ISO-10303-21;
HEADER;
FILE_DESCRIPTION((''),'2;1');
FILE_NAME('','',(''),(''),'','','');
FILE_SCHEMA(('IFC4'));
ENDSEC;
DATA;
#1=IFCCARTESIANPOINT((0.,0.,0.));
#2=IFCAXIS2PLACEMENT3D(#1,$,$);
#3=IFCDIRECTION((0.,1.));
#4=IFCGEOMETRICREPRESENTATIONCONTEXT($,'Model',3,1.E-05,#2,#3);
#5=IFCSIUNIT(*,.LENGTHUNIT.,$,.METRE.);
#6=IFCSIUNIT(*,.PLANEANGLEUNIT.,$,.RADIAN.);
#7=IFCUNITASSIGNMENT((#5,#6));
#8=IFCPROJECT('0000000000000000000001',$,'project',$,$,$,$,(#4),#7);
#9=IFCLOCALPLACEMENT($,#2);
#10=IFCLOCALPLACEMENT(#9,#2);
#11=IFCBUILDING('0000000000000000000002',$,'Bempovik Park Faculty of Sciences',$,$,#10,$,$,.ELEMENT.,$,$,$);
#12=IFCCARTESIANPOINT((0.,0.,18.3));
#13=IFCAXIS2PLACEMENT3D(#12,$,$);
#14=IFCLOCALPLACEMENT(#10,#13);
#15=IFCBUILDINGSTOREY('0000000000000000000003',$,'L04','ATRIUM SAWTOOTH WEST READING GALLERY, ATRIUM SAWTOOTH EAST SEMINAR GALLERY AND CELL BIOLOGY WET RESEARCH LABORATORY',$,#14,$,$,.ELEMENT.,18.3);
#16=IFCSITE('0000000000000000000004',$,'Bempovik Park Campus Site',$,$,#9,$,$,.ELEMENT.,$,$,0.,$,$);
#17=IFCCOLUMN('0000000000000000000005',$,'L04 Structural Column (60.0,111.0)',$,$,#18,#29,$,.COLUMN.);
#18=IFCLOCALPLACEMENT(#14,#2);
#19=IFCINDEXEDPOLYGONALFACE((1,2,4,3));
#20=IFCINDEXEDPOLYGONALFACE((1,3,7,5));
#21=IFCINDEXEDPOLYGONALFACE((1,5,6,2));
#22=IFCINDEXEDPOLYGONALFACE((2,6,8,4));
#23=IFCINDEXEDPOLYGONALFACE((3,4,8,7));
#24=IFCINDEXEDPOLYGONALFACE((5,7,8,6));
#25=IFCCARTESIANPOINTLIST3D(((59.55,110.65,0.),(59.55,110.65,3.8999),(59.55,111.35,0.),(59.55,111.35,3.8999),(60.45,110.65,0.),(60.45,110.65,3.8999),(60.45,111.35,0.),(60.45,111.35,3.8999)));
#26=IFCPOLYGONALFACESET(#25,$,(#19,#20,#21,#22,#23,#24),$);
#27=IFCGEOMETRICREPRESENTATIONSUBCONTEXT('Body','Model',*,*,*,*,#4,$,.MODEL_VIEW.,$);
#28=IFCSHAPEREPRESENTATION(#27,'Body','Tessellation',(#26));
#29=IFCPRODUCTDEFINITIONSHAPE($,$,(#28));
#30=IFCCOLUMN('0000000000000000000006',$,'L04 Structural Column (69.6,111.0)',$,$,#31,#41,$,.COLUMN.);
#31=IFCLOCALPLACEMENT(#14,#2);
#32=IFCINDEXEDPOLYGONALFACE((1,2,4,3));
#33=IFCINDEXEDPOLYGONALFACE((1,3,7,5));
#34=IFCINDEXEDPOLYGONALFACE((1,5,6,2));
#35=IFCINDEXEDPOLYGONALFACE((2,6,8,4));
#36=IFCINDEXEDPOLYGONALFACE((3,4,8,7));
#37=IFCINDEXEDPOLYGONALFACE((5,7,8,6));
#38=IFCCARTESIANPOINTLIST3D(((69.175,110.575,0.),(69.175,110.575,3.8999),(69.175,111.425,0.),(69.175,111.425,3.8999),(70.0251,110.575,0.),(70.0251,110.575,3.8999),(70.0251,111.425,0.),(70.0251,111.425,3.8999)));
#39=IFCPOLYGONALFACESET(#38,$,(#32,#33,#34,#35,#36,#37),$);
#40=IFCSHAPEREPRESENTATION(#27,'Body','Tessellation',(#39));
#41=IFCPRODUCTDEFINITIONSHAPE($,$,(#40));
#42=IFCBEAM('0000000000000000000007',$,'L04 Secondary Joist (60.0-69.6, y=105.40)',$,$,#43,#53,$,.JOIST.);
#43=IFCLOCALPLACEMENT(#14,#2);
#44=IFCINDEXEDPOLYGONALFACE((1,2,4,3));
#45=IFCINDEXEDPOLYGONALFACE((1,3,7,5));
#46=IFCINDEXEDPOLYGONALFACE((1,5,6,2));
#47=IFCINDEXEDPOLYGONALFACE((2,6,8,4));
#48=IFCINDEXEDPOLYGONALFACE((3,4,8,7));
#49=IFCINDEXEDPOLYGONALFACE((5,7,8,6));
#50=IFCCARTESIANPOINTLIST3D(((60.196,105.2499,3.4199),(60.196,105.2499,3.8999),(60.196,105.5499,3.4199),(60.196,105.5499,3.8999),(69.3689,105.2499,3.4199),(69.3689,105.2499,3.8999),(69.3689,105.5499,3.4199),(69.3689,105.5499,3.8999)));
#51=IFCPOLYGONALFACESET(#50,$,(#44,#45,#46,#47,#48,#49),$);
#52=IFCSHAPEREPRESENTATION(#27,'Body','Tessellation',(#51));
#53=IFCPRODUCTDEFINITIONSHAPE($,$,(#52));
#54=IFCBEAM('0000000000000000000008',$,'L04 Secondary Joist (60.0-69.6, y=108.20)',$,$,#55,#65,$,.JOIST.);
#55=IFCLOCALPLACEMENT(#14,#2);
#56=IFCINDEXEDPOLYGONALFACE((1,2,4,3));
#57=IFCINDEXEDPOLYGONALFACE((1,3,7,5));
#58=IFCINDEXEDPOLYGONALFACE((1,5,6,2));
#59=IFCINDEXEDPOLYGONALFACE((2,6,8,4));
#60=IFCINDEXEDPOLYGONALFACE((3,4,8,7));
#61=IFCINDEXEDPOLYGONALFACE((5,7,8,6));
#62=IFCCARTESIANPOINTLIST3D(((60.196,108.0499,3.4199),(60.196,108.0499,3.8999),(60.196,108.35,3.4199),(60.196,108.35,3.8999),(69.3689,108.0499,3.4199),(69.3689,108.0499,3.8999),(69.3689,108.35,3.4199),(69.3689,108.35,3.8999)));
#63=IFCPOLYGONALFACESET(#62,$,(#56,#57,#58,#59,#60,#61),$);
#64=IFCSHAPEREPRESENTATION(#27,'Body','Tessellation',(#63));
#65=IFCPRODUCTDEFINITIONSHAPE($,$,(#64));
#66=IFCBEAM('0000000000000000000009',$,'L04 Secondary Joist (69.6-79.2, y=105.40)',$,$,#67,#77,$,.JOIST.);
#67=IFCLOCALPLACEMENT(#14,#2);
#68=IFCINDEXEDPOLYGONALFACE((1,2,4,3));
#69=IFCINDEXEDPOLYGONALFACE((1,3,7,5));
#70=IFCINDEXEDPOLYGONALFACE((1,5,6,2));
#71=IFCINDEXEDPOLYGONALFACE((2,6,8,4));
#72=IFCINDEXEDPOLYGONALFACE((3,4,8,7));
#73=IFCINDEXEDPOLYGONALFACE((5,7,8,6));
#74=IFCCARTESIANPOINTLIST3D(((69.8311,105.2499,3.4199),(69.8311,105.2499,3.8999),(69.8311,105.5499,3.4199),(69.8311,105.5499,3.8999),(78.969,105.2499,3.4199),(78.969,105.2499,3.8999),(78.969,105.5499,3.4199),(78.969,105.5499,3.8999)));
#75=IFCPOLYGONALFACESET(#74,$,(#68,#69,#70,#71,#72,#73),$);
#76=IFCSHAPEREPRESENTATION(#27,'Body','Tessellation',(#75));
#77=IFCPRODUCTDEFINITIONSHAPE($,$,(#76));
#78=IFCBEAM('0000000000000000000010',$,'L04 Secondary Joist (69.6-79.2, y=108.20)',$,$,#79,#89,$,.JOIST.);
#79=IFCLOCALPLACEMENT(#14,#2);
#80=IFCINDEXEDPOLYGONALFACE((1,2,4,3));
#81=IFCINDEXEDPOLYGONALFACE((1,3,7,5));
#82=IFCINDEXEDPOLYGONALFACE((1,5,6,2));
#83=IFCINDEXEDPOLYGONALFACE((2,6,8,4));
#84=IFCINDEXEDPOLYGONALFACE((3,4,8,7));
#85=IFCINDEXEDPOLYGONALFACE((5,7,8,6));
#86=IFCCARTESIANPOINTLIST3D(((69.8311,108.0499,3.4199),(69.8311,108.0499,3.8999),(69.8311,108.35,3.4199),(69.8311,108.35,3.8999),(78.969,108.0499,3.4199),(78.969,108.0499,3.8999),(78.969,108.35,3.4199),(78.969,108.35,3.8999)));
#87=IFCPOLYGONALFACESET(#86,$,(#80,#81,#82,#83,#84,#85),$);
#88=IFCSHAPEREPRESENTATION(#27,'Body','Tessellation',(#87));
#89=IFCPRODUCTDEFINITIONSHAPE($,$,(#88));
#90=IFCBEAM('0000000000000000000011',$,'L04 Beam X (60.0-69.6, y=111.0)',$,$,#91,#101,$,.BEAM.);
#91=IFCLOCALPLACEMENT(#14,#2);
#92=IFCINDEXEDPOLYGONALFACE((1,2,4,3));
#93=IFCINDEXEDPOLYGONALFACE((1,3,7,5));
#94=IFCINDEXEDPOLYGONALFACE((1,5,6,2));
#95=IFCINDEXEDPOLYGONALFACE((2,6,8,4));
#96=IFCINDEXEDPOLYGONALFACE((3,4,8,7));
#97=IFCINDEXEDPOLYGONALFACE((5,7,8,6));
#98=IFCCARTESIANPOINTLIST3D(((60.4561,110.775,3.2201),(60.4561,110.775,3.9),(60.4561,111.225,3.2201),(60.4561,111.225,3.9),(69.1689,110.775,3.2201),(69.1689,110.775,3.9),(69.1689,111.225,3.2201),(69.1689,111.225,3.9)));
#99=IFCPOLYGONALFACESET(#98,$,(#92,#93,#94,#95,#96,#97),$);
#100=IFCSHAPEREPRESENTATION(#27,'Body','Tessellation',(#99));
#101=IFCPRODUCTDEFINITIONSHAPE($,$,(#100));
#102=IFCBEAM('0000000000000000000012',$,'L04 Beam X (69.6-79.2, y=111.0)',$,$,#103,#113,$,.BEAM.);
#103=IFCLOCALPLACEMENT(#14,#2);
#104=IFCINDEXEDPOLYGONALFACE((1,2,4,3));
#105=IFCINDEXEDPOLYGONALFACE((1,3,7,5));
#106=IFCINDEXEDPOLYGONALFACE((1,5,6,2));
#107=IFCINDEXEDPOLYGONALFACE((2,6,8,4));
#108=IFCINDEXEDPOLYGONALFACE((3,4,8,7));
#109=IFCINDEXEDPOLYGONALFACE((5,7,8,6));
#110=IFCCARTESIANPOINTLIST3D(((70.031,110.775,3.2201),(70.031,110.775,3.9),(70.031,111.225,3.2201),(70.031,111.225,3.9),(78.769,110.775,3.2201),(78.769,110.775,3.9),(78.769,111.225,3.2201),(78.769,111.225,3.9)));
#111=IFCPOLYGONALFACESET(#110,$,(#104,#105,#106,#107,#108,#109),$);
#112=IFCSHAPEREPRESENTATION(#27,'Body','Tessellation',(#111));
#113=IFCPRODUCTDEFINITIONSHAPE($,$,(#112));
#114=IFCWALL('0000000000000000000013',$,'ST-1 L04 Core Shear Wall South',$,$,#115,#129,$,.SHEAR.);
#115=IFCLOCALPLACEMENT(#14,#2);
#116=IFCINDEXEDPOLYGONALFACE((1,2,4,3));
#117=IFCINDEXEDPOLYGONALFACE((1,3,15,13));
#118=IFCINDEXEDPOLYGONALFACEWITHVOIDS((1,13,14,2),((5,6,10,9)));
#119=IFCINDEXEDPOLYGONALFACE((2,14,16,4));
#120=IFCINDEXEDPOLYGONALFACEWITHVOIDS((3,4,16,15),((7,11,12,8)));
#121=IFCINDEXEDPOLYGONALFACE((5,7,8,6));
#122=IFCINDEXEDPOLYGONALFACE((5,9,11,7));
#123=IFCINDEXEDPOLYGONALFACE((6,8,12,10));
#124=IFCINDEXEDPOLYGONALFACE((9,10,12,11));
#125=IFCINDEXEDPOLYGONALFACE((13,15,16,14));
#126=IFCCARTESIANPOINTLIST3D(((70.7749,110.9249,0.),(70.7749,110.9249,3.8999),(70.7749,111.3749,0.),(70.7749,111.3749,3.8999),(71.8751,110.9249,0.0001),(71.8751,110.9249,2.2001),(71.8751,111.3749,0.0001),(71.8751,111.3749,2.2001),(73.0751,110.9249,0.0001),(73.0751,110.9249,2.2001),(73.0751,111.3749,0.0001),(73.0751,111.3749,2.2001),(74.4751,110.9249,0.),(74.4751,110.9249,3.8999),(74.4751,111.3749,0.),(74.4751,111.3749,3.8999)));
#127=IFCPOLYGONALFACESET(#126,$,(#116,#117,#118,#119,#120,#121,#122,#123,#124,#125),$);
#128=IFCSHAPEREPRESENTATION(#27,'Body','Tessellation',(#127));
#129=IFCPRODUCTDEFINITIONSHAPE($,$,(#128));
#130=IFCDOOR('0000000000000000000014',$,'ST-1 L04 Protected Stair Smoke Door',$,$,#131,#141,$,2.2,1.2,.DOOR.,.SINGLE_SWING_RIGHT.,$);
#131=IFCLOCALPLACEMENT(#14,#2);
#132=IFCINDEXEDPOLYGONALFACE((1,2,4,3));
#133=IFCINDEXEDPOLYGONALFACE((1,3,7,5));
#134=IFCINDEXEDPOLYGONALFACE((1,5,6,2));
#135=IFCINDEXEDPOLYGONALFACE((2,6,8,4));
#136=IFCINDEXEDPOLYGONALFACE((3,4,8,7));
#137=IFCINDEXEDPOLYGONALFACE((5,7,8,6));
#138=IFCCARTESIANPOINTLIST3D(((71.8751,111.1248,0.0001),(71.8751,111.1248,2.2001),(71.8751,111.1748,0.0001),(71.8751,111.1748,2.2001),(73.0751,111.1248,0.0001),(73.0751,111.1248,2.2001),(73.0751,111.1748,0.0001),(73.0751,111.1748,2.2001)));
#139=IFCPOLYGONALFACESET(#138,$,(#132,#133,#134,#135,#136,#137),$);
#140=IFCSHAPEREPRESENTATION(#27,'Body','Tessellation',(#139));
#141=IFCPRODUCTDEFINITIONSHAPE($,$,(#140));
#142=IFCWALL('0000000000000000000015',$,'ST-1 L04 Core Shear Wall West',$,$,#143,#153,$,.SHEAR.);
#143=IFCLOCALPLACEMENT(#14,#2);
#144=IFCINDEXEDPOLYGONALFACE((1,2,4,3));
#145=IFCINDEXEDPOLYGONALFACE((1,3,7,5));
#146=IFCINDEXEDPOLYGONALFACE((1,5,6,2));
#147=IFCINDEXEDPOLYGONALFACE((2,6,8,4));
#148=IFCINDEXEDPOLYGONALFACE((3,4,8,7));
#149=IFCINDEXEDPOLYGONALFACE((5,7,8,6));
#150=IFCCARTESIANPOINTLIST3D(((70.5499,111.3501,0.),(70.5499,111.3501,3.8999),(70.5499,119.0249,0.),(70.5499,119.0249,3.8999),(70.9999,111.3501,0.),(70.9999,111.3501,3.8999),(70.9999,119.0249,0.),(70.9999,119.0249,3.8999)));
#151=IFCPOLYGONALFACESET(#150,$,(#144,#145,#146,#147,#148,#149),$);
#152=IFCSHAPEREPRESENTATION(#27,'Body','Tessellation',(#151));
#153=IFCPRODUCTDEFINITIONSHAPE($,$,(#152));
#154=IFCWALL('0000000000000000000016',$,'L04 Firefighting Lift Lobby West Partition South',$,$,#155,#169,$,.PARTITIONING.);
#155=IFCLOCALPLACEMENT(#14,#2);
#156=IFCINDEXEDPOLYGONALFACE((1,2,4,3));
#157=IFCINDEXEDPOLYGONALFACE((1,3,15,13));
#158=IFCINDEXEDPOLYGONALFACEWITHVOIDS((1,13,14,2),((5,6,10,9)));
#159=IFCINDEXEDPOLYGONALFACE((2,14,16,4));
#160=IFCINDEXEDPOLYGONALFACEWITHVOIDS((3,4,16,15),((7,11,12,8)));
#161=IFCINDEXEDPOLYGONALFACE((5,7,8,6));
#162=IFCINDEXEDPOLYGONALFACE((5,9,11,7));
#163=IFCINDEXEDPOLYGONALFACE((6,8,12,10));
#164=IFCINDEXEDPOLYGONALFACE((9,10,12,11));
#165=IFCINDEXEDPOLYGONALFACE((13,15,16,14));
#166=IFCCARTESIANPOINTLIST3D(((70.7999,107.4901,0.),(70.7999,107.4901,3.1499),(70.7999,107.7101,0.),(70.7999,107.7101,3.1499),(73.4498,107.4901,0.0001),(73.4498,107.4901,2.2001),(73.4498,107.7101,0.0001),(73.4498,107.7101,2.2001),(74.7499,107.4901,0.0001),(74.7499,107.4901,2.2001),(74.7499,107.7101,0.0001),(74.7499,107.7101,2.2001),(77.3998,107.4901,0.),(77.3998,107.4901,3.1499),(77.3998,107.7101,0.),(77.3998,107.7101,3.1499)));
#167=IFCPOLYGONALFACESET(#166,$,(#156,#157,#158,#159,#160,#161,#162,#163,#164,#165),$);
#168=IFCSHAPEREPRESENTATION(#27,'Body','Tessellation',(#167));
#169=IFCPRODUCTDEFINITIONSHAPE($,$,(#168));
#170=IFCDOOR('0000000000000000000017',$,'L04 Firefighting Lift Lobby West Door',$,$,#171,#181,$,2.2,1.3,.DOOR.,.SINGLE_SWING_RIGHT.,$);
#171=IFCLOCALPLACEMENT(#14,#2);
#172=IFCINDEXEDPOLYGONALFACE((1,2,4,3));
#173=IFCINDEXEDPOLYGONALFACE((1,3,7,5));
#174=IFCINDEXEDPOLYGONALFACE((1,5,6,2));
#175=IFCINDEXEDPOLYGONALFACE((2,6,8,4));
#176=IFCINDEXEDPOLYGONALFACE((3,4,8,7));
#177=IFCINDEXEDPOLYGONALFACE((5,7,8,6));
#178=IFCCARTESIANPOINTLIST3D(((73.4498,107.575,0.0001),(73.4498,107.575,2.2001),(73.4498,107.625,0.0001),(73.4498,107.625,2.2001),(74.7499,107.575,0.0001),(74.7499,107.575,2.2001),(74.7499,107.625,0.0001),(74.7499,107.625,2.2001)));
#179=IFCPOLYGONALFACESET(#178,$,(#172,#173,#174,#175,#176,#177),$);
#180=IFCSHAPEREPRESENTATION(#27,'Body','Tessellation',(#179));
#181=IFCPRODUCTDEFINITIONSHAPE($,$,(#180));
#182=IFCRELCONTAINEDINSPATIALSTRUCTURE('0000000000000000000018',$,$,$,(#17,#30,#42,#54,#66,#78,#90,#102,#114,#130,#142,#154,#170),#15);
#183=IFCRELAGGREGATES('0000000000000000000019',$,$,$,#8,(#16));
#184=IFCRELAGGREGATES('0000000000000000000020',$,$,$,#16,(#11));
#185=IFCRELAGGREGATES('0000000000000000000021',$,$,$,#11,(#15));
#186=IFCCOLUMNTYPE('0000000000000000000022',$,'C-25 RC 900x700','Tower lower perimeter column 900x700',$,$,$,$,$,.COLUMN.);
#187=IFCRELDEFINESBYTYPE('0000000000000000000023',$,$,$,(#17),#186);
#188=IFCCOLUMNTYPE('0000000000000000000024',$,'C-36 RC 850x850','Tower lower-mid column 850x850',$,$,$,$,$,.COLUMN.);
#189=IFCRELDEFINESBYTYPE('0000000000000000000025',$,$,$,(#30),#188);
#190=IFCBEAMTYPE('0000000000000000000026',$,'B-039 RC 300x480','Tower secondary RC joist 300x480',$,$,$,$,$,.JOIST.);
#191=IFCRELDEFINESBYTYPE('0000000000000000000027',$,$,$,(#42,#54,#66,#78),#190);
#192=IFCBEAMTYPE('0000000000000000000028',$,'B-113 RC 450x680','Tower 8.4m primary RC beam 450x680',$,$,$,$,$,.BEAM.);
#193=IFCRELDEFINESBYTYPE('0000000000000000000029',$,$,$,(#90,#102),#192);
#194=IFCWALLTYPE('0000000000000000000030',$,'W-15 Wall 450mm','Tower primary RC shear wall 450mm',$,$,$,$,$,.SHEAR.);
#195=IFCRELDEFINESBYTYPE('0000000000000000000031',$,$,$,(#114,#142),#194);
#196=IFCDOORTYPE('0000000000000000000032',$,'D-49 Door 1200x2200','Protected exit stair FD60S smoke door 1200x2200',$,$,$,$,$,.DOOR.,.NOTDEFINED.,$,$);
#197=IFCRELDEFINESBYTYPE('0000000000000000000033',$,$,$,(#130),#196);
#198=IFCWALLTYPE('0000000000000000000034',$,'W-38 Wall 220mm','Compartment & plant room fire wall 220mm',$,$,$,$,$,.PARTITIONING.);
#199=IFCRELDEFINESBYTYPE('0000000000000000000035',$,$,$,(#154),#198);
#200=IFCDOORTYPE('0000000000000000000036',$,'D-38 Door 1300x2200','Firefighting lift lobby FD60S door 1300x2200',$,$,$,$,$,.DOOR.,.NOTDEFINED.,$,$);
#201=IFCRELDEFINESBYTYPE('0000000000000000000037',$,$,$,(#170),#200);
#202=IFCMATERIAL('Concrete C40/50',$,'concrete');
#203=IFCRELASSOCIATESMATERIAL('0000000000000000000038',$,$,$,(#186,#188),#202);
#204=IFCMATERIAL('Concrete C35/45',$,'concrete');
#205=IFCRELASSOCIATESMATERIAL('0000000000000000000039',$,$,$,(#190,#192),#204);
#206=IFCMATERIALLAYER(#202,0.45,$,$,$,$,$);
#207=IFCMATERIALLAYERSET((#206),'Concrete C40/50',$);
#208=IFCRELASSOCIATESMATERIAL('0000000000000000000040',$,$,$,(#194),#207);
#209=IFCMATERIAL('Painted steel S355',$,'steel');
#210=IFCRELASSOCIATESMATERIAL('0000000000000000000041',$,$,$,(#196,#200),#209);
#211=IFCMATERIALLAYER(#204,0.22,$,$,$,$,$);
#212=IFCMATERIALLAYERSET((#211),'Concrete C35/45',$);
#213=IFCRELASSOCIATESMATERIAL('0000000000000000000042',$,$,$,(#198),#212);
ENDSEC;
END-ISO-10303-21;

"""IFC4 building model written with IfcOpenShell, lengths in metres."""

from ifc_helpers import new_model, si_unit, direction, frame, frame_2d, origin, origin_2d, place, context, subcontext, project, spatial, rectangle, extrude, material, layer, layer_set, material_profile, profile_set, type_object, element, fill, save


model = new_model("IFC4")

# Units and contexts
model_context = context("Model", 3, precision=1e-05, world=origin(), true_north=direction((0.0, 1.0)))
body_context = subcontext(model_context, "Body", "Model", "MODEL_VIEW")
ifc_project = project(units=[si_unit("LENGTHUNIT", "METRE"), si_unit("PLANEANGLEUNIT", "RADIAN")], contexts=[model_context])

# Site, building, storey
site_placement = place(None, origin())
site = spatial("IfcSite", under=ifc_project, at=site_placement, Name="Bempovik Park Campus Site", CompositionType="ELEMENT", RefElevation=0.0)
building_placement = place(site_placement, origin())
building = spatial("IfcBuilding", under=site, at=building_placement, Name="Bempovik Park Faculty of Sciences", CompositionType="ELEMENT")
storey_placement = place(building_placement, frame((0.0, 0.0, 18.3)))
storey = spatial("IfcBuildingStorey", under=building, at=storey_placement, Name="L04", Description="ATRIUM SAWTOOTH WEST READING GALLERY, ATRIUM SAWTOOTH EAST SEMINAR GALLERY AND CELL BIOLOGY WET RESEARCH LABORATORY", CompositionType="ELEMENT", Elevation=18.3)

# Columns
ifc_material_1 = material(Name="Concrete C40/50", Category="concrete")
ifc_material_profile_1 = material_profile(ifc_material_1, rectangle(XDim=0.8999, YDim=0.7, at=origin_2d()), Name="RC 900x700")
ifc_profile_set_1 = profile_set([ifc_material_profile_1], Name="Concrete C40/50")
column_type_1 = type_object("IfcColumnType", Name="C-25 RC 900x700", Description="Tower lower perimeter column 900x700", PredefinedType="COLUMN", material=ifc_profile_set_1)
column_1_placement = place(storey_placement, frame((60.0, 111.0, 0.0), z_axis=(0.0, 0.0, 1.0), x_axis=(1.0, 0.0, 0.0)))
element("IfcColumn", 1, at=column_1_placement, inside=storey, type_object=column_type_1, Name="L04 Structural Column (60.0,111.0)", PredefinedType="COLUMN", context=body_context, shape_type="SweptSolid", body=[
    extrude(rectangle(XDim=0.8999, YDim=0.7, at=origin_2d()), origin(), (0.0, 0.0, 1.0), 3.8999),
])
ifc_material_profile_2 = material_profile(ifc_material_1, rectangle(XDim=0.8501, YDim=0.8501, at=origin_2d()), Name="RC 850x850")
ifc_profile_set_2 = profile_set([ifc_material_profile_2], Name="Concrete C40/50")
column_type_2 = type_object("IfcColumnType", Name="C-36 RC 850x850", Description="Tower lower-mid column 850x850", PredefinedType="COLUMN", material=ifc_profile_set_2)
column_2_placement = place(storey_placement, frame((69.6001, 111.0, 0.0), z_axis=(0.0, 0.0, 1.0), x_axis=(1.0, 0.0, 0.0)))
element("IfcColumn", 2, at=column_2_placement, inside=storey, type_object=column_type_2, Name="L04 Structural Column (69.6,111.0)", PredefinedType="COLUMN", context=body_context, shape_type="SweptSolid", body=[
    extrude(rectangle(XDim=0.8501, YDim=0.8501, at=origin_2d()), origin(), (0.0, 0.0, 1.0), 3.8999),
])

# Beams
ifc_material_2 = material(Name="Concrete C35/45", Category="concrete")
ifc_material_profile_3 = material_profile(ifc_material_2, rectangle(XDim=0.3, YDim=0.48, at=origin_2d()), Name="RC 300x480")
ifc_profile_set_3 = profile_set([ifc_material_profile_3], Name="Concrete C35/45")
beam_type_1 = type_object("IfcBeamType", Name="B-039 RC 300x480", Description="Tower secondary RC joist 300x480", PredefinedType="JOIST", material=ifc_profile_set_3)
for number, where, z_axis, x_axis, name in (
    (3, (60.196, 105.3999, 3.6599), (1.0, 0.0, 0.0), (0.0, 1.0, 0.0), "L04 Secondary Joist (60.0-69.6, y=105.40)"),
    (4, (60.196, 108.2, 3.6599), (1.0, 0.0, 0.0), (0.0, 1.0, 0.0), "L04 Secondary Joist (60.0-69.6, y=108.20)"),
):
    element("IfcBeam", number, at=place(storey_placement, frame(where, z_axis=z_axis, x_axis=x_axis)), inside=storey, type_object=beam_type_1, Name=name, PredefinedType="JOIST", context=body_context, shape_type="SweptSolid", body=[
        extrude(rectangle(XDim=0.3, YDim=0.48, at=origin_2d()), origin(), (0.0, 0.0, 1.0), 9.1729),
    ])
for number, where, z_axis, x_axis, name in (
    (5, (69.8311, 105.3999, 3.6599), (1.0, 0.0, 0.0), (0.0, 1.0, 0.0), "L04 Secondary Joist (69.6-79.2, y=105.40)"),
    (6, (69.8311, 108.2, 3.6599), (1.0, 0.0, 0.0), (0.0, 1.0, 0.0), "L04 Secondary Joist (69.6-79.2, y=108.20)"),
):
    element("IfcBeam", number, at=place(storey_placement, frame(where, z_axis=z_axis, x_axis=x_axis)), inside=storey, type_object=beam_type_1, Name=name, PredefinedType="JOIST", context=body_context, shape_type="SweptSolid", body=[
        extrude(rectangle(XDim=0.3, YDim=0.48, at=origin_2d()), origin(), (0.0, 0.0, 1.0), 9.1379),
    ])
ifc_material_profile_4 = material_profile(ifc_material_2, rectangle(XDim=0.45, YDim=0.6799, at=origin_2d()), Name="RC 450x680")
ifc_profile_set_4 = profile_set([ifc_material_profile_4], Name="Concrete C35/45")
beam_type_2 = type_object("IfcBeamType", Name="B-113 RC 450x680", Description="Tower 8.4m primary RC beam 450x680", PredefinedType="BEAM", material=ifc_profile_set_4)
beam_1_placement = place(storey_placement, frame((60.4561, 111.0, 3.5601), z_axis=(1.0, 0.0, 0.0), x_axis=(0.0, 1.0, 0.0)))
element("IfcBeam", 7, at=beam_1_placement, inside=storey, type_object=beam_type_2, Name="L04 Beam X (60.0-69.6, y=111.0)", PredefinedType="BEAM", context=body_context, shape_type="SweptSolid", body=[
    extrude(rectangle(XDim=0.45, YDim=0.6799, at=origin_2d()), origin(), (0.0, 0.0, 1.0), 8.7129),
])
beam_2_placement = place(storey_placement, frame((70.031, 111.0, 3.5601), z_axis=(1.0, 0.0, 0.0), x_axis=(0.0, 1.0, 0.0)))
element("IfcBeam", 8, at=beam_2_placement, inside=storey, type_object=beam_type_2, Name="L04 Beam X (69.6-79.2, y=111.0)", PredefinedType="BEAM", context=body_context, shape_type="SweptSolid", body=[
    extrude(rectangle(XDim=0.45, YDim=0.6799, at=origin_2d()), origin(), (0.0, 0.0, 1.0), 8.738),
])

# Wall, opening, door
ifc_layer_1 = layer(ifc_material_1, 0.45)
ifc_layer_set_1 = layer_set([ifc_layer_1], Name="Concrete C40/50")
wall_type_1 = type_object("IfcWallType", Name="W-15 Wall 450mm", Description="Tower primary RC shear wall 450mm", PredefinedType="SHEAR", material=ifc_layer_set_1)
wall_1_placement = place(storey_placement, frame((70.7749, 111.1499, 0.0), z_axis=(0.0, 0.0, 1.0), x_axis=(1.0, 0.0, 0.0)))
wall_1 = element("IfcWall", 9, at=wall_1_placement, inside=storey, type_object=wall_type_1, Name="ST-1 L04 Core Shear Wall South", PredefinedType="SHEAR", context=body_context, shape_type="SweptSolid", body=[
    extrude(rectangle(XDim=3.7002, YDim=0.45, at=frame_2d((1.8501, 0.0))), origin(), (0.0, 0.0, 1.0), 3.8999),
])
opening_1_placement = place(wall_1_placement, frame((1.1001, 0.0, 0.0)))
opening_1 = element("IfcOpeningElement", 10, at=opening_1_placement, cuts=wall_1, PredefinedType="OPENING", context=body_context, shape_type="SweptSolid", body=[
    extrude(rectangle(XDim=1.2, YDim=2.2, at=frame_2d((0.6001, 1.1001))), frame((0.0, 0.2349, 0.0), z_axis=(0.0, -1.0, 0.0), x_axis=(1.0, 0.0, 0.0)), (0.0, 0.0, 1.0), 0.47),
])
ifc_material_3 = material(Name="Painted steel S355", Category="steel")
door_type_1 = type_object("IfcDoorType", Name="D-49 Door 1200x2200", Description="Protected exit stair FD60S smoke door 1200x2200", OperationType="NOTDEFINED", PredefinedType="DOOR", material=ifc_material_3)
door_1_placement = place(opening_1_placement, origin())
door_1 = element("IfcDoor", 11, at=door_1_placement, inside=storey, type_object=door_type_1, Name="ST-1 L04 Protected Stair Smoke Door", OperationType="SINGLE_SWING_RIGHT", OverallHeight=2.2, OverallWidth=1.2, PredefinedType="DOOR", context=body_context, shape_type="SweptSolid", body=[
    extrude(rectangle(XDim=1.2, YDim=2.2, at=frame_2d((0.6001, 1.1001))), frame((0.0, 0.0249, 0.0), z_axis=(0.0, -1.0, 0.0), x_axis=(1.0, 0.0, 0.0)), (0.0, 0.0, 1.0), 0.05),
])
fill(opening_1, door_1)

# Wall
wall_2_placement = place(storey_placement, frame((70.7749, 111.3501, 0.0), z_axis=(0.0, 0.0, 1.0), x_axis=(0.0, 1.0, 0.0)))
element("IfcWall", 12, at=wall_2_placement, inside=storey, type_object=wall_type_1, Name="ST-1 L04 Core Shear Wall West", PredefinedType="SHEAR", context=body_context, shape_type="SweptSolid", body=[
    extrude(rectangle(XDim=7.6748, YDim=0.45, at=frame_2d((3.8374, 0.0))), origin(), (0.0, 0.0, 1.0), 3.8999),
])

# Wall, opening, door
ifc_layer_2 = layer(ifc_material_2, 0.22)
ifc_layer_set_2 = layer_set([ifc_layer_2], Name="Concrete C35/45")
wall_type_2 = type_object("IfcWallType", Name="W-38 Wall 220mm", Description="Compartment & plant room fire wall 220mm", PredefinedType="PARTITIONING", material=ifc_layer_set_2)
wall_3_placement = place(storey_placement, frame((70.8, 107.6001, 0.0), z_axis=(0.0, 0.0, 1.0), x_axis=(1.0, 0.0, 0.0)))
wall_3 = element("IfcWall", 13, at=wall_3_placement, inside=storey, type_object=wall_type_2, Name="L04 Firefighting Lift Lobby West Partition South", PredefinedType="PARTITIONING", context=body_context, shape_type="SweptSolid", body=[
    extrude(rectangle(XDim=6.5999, YDim=0.22, at=frame_2d((3.2998, 0.0))), origin(), (0.0, 0.0, 1.0), 3.1499),
])
opening_2_placement = place(wall_3_placement, frame((2.6499, 0.0, 0.0)))
opening_2 = element("IfcOpeningElement", 14, at=opening_2_placement, cuts=wall_3, PredefinedType="OPENING", context=body_context, shape_type="SweptSolid", body=[
    extrude(rectangle(XDim=1.3, YDim=2.2, at=frame_2d((0.6499, 1.1001))), frame((0.0, 0.1201, 0.0), z_axis=(0.0, -1.0, 0.0), x_axis=(1.0, 0.0, 0.0)), (0.0, 0.0, 1.0), 0.24),
])
door_type_2 = type_object("IfcDoorType", Name="D-38 Door 1300x2200", Description="Firefighting lift lobby FD60S door 1300x2200", OperationType="NOTDEFINED", PredefinedType="DOOR", material=ifc_material_3)
door_2_placement = place(opening_2_placement, origin())
door_2 = element("IfcDoor", 15, at=door_2_placement, inside=storey, type_object=door_type_2, Name="L04 Firefighting Lift Lobby West Door", OperationType="SINGLE_SWING_RIGHT", OverallHeight=2.2, OverallWidth=1.3, PredefinedType="DOOR", context=body_context, shape_type="SweptSolid", body=[
    extrude(rectangle(XDim=1.3, YDim=2.2, at=frame_2d((0.6499, 1.1001))), frame((0.0, 0.0249, 0.0), z_axis=(0.0, -1.0, 0.0), x_axis=(1.0, 0.0, 0.0)), (0.0, 0.0, 1.0), 0.05),
])
fill(opening_2, door_2)

save(model, "model.ifc")
